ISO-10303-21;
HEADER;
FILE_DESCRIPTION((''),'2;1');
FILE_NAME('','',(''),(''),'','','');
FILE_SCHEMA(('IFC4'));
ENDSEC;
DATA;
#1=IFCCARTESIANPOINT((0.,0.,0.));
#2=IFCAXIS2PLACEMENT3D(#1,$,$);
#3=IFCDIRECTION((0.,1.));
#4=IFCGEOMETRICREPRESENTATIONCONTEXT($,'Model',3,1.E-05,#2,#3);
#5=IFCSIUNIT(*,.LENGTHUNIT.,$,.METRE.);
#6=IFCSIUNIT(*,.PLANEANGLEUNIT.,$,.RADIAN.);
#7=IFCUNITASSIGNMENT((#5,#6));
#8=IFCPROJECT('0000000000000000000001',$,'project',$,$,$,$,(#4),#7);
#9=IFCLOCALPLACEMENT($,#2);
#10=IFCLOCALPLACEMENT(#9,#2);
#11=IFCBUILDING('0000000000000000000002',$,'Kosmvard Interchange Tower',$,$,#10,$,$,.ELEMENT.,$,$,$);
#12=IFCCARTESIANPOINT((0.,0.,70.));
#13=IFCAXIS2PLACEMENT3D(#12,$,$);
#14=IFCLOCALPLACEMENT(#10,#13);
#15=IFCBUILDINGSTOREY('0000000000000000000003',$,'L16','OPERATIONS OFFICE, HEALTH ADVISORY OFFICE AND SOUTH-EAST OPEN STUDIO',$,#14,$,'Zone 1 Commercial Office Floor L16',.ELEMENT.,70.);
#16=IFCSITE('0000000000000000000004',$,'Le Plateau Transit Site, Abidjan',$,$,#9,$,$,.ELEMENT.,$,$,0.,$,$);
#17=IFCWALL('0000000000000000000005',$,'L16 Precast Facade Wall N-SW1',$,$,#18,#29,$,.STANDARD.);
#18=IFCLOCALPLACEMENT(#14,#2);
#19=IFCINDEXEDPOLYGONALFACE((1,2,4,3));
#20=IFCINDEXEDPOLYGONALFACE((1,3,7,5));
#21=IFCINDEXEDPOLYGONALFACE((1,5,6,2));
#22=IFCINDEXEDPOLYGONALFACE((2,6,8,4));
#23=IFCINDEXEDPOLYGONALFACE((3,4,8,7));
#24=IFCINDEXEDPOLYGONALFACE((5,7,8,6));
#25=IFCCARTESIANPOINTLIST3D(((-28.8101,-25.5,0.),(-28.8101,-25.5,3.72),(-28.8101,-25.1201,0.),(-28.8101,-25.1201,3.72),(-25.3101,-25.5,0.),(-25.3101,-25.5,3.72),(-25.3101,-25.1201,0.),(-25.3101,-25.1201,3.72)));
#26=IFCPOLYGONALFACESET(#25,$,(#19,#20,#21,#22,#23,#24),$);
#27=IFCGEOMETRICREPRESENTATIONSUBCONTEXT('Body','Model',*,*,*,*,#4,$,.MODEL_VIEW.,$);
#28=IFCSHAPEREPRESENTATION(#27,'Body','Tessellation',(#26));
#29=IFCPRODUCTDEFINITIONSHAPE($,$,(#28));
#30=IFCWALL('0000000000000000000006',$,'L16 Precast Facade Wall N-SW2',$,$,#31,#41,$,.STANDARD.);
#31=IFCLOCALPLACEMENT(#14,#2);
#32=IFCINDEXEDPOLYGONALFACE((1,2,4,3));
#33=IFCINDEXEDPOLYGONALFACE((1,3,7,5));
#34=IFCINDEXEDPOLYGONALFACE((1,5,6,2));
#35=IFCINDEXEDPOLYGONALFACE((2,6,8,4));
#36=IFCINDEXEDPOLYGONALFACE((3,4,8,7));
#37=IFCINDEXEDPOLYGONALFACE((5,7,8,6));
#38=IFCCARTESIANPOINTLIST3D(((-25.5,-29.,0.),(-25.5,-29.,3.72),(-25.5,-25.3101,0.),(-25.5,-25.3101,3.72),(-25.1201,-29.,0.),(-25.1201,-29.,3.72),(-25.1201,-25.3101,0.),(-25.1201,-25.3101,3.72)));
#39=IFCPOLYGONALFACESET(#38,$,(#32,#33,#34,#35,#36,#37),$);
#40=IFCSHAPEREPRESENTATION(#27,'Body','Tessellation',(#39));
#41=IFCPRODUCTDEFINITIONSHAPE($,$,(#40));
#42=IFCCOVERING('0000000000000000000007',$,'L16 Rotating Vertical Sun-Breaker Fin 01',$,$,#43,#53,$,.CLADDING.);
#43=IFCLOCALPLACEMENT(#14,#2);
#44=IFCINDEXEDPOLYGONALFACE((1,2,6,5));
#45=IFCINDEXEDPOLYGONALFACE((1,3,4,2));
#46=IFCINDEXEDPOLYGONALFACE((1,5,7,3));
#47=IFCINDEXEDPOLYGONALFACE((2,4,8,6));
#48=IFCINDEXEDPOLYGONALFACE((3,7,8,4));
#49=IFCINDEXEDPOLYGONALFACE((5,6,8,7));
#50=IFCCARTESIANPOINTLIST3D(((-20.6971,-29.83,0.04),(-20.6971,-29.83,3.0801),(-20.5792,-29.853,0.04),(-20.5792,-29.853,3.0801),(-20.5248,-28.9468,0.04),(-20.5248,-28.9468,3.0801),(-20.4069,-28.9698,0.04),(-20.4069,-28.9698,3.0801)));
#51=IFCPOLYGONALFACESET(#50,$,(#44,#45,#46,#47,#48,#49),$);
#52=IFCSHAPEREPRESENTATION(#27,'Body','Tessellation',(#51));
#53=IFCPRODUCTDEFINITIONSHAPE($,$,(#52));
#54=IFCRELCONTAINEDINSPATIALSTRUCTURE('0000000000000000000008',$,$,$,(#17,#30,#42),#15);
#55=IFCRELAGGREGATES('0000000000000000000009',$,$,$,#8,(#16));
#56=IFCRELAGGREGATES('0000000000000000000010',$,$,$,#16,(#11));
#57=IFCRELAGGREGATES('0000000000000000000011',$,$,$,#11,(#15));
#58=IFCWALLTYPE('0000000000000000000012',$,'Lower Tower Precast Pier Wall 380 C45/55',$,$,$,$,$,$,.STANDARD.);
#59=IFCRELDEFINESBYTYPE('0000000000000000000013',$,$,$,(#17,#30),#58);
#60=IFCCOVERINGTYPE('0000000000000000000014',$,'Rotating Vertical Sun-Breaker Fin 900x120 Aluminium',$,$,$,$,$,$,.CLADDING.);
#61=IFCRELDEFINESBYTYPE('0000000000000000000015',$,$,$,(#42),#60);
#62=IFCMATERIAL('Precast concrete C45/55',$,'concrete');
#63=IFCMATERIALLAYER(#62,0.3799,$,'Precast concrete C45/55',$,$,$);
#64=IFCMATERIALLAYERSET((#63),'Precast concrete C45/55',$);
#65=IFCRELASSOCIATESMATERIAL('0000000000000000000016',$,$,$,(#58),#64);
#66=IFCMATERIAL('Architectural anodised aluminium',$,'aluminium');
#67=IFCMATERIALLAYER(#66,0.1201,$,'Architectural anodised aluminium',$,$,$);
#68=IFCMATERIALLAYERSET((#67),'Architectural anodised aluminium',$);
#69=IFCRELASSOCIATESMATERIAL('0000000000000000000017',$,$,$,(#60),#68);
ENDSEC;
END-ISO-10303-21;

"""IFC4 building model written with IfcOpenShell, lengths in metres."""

from ifc_helpers import new_model, si_unit, direction, frame, frame_2d, origin, origin_2d, place, context, subcontext, project, spatial, rectangle, extrude, source, transform, mapped, material, layer, layer_set, type_object, element, save


model = new_model("IFC4")

# Units and contexts
model_context = context("Model", 3, precision=1e-05, world=origin(), true_north=direction((0.0, 1.0)))
body_context = subcontext(model_context, "Body", "Model", "MODEL_VIEW")
ifc_project = project(units=[si_unit("LENGTHUNIT", "METRE"), si_unit("PLANEANGLEUNIT", "RADIAN")], contexts=[model_context])

# Site, building, storey
site_placement = place(None, origin())
site = spatial("IfcSite", under=ifc_project, at=site_placement, Name="Le Plateau Transit Site, Abidjan", CompositionType="ELEMENT", RefElevation=0.0)
building_placement = place(site_placement, origin())
building = spatial("IfcBuilding", under=site, at=building_placement, Name="Kosmvard Interchange Tower", CompositionType="ELEMENT")
storey_placement = place(building_placement, frame((0.0, 0.0, 70.0)))
storey = spatial("IfcBuildingStorey", under=building, at=storey_placement, Name="L16", Description="OPERATIONS OFFICE, HEALTH ADVISORY OFFICE AND SOUTH-EAST OPEN STUDIO", LongName="Zone 1 Commercial Office Floor L16", CompositionType="ELEMENT", Elevation=70.0)

# Shared definitions
ifc_material_1 = material(Name="Precast concrete C45/55", Category="concrete")

# Shared definitions
ifc_layer_1 = layer(ifc_material_1, 0.3799, Name="Precast concrete C45/55")
ifc_layer_set_1 = layer_set([ifc_layer_1], Name="Precast concrete C45/55")
wall_type_1 = type_object("IfcWallType", Name="Lower Tower Precast Pier Wall 380 C45/55", PredefinedType="STANDARD", material=ifc_layer_set_1)

# Walls
wall_1_placement = place(storey_placement, frame((-28.8101, -25.3101, 0.0), z_axis=(0.0, 0.0, 1.0), x_axis=(1.0, 0.0, 0.0)))
element("IfcWall", 1, at=wall_1_placement, inside=storey, type_object=wall_type_1, Name="L16 Precast Facade Wall N-SW1", PredefinedType="STANDARD", context=body_context, shape_type="SweptSolid", body=[
    extrude(rectangle(XDim=3.5, YDim=0.3799, at=frame_2d((1.75, 0.0))), origin(), (0.0, 0.0, 1.0), 3.72),
])
wall_2_placement = place(storey_placement, frame((-25.3101, -25.3101, 0.0), z_axis=(0.0, 0.0, 1.0), x_axis=(0.0, -1.0, 0.0)))
element("IfcWall", 2, at=wall_2_placement, inside=storey, type_object=wall_type_1, Name="L16 Precast Facade Wall N-SW2", PredefinedType="STANDARD", context=body_context, shape_type="SweptSolid", body=[
    extrude(rectangle(XDim=3.6899, YDim=0.3799, at=frame_2d((1.845, 0.0))), origin(), (0.0, 0.0, 1.0), 3.72),
])

# Covering
ifc_material_2 = material(Name="Architectural anodised aluminium", Category="aluminium")
ifc_layer_2 = layer(ifc_material_2, 0.1201, Name="Architectural anodised aluminium")
ifc_layer_set_2 = layer_set([ifc_layer_2], Name="Architectural anodised aluminium")
covering_type = type_object("IfcCoveringType", Name="Rotating Vertical Sun-Breaker Fin 900x120 Aluminium", PredefinedType="CLADDING", material=ifc_layer_set_2)
shared_shape_1 = source(origin(), body_context, "Body", "SweptSolid", [
    extrude(rectangle(XDim=0.8999, YDim=0.1201, at=origin_2d()), origin(), (0.0, 0.0, 1.0), 3.04),
])
covering_placement = place(storey_placement, frame((-20.552, -29.3999, 0.04), z_axis=(0.0, 0.0, 1.0), x_axis=(-0.191494, -0.981494, 0.0)))
element("IfcCovering", 3, at=covering_placement, inside=storey, type_object=covering_type, Name="L16 Rotating Vertical Sun-Breaker Fin 01", PredefinedType="CLADDING", context=body_context, shape_type="MappedRepresentation", body=[
    mapped(shared_shape_1, transform((0.0, 0.0, 0.0), scale=1.0)),
])

save(model, "model.ifc")
